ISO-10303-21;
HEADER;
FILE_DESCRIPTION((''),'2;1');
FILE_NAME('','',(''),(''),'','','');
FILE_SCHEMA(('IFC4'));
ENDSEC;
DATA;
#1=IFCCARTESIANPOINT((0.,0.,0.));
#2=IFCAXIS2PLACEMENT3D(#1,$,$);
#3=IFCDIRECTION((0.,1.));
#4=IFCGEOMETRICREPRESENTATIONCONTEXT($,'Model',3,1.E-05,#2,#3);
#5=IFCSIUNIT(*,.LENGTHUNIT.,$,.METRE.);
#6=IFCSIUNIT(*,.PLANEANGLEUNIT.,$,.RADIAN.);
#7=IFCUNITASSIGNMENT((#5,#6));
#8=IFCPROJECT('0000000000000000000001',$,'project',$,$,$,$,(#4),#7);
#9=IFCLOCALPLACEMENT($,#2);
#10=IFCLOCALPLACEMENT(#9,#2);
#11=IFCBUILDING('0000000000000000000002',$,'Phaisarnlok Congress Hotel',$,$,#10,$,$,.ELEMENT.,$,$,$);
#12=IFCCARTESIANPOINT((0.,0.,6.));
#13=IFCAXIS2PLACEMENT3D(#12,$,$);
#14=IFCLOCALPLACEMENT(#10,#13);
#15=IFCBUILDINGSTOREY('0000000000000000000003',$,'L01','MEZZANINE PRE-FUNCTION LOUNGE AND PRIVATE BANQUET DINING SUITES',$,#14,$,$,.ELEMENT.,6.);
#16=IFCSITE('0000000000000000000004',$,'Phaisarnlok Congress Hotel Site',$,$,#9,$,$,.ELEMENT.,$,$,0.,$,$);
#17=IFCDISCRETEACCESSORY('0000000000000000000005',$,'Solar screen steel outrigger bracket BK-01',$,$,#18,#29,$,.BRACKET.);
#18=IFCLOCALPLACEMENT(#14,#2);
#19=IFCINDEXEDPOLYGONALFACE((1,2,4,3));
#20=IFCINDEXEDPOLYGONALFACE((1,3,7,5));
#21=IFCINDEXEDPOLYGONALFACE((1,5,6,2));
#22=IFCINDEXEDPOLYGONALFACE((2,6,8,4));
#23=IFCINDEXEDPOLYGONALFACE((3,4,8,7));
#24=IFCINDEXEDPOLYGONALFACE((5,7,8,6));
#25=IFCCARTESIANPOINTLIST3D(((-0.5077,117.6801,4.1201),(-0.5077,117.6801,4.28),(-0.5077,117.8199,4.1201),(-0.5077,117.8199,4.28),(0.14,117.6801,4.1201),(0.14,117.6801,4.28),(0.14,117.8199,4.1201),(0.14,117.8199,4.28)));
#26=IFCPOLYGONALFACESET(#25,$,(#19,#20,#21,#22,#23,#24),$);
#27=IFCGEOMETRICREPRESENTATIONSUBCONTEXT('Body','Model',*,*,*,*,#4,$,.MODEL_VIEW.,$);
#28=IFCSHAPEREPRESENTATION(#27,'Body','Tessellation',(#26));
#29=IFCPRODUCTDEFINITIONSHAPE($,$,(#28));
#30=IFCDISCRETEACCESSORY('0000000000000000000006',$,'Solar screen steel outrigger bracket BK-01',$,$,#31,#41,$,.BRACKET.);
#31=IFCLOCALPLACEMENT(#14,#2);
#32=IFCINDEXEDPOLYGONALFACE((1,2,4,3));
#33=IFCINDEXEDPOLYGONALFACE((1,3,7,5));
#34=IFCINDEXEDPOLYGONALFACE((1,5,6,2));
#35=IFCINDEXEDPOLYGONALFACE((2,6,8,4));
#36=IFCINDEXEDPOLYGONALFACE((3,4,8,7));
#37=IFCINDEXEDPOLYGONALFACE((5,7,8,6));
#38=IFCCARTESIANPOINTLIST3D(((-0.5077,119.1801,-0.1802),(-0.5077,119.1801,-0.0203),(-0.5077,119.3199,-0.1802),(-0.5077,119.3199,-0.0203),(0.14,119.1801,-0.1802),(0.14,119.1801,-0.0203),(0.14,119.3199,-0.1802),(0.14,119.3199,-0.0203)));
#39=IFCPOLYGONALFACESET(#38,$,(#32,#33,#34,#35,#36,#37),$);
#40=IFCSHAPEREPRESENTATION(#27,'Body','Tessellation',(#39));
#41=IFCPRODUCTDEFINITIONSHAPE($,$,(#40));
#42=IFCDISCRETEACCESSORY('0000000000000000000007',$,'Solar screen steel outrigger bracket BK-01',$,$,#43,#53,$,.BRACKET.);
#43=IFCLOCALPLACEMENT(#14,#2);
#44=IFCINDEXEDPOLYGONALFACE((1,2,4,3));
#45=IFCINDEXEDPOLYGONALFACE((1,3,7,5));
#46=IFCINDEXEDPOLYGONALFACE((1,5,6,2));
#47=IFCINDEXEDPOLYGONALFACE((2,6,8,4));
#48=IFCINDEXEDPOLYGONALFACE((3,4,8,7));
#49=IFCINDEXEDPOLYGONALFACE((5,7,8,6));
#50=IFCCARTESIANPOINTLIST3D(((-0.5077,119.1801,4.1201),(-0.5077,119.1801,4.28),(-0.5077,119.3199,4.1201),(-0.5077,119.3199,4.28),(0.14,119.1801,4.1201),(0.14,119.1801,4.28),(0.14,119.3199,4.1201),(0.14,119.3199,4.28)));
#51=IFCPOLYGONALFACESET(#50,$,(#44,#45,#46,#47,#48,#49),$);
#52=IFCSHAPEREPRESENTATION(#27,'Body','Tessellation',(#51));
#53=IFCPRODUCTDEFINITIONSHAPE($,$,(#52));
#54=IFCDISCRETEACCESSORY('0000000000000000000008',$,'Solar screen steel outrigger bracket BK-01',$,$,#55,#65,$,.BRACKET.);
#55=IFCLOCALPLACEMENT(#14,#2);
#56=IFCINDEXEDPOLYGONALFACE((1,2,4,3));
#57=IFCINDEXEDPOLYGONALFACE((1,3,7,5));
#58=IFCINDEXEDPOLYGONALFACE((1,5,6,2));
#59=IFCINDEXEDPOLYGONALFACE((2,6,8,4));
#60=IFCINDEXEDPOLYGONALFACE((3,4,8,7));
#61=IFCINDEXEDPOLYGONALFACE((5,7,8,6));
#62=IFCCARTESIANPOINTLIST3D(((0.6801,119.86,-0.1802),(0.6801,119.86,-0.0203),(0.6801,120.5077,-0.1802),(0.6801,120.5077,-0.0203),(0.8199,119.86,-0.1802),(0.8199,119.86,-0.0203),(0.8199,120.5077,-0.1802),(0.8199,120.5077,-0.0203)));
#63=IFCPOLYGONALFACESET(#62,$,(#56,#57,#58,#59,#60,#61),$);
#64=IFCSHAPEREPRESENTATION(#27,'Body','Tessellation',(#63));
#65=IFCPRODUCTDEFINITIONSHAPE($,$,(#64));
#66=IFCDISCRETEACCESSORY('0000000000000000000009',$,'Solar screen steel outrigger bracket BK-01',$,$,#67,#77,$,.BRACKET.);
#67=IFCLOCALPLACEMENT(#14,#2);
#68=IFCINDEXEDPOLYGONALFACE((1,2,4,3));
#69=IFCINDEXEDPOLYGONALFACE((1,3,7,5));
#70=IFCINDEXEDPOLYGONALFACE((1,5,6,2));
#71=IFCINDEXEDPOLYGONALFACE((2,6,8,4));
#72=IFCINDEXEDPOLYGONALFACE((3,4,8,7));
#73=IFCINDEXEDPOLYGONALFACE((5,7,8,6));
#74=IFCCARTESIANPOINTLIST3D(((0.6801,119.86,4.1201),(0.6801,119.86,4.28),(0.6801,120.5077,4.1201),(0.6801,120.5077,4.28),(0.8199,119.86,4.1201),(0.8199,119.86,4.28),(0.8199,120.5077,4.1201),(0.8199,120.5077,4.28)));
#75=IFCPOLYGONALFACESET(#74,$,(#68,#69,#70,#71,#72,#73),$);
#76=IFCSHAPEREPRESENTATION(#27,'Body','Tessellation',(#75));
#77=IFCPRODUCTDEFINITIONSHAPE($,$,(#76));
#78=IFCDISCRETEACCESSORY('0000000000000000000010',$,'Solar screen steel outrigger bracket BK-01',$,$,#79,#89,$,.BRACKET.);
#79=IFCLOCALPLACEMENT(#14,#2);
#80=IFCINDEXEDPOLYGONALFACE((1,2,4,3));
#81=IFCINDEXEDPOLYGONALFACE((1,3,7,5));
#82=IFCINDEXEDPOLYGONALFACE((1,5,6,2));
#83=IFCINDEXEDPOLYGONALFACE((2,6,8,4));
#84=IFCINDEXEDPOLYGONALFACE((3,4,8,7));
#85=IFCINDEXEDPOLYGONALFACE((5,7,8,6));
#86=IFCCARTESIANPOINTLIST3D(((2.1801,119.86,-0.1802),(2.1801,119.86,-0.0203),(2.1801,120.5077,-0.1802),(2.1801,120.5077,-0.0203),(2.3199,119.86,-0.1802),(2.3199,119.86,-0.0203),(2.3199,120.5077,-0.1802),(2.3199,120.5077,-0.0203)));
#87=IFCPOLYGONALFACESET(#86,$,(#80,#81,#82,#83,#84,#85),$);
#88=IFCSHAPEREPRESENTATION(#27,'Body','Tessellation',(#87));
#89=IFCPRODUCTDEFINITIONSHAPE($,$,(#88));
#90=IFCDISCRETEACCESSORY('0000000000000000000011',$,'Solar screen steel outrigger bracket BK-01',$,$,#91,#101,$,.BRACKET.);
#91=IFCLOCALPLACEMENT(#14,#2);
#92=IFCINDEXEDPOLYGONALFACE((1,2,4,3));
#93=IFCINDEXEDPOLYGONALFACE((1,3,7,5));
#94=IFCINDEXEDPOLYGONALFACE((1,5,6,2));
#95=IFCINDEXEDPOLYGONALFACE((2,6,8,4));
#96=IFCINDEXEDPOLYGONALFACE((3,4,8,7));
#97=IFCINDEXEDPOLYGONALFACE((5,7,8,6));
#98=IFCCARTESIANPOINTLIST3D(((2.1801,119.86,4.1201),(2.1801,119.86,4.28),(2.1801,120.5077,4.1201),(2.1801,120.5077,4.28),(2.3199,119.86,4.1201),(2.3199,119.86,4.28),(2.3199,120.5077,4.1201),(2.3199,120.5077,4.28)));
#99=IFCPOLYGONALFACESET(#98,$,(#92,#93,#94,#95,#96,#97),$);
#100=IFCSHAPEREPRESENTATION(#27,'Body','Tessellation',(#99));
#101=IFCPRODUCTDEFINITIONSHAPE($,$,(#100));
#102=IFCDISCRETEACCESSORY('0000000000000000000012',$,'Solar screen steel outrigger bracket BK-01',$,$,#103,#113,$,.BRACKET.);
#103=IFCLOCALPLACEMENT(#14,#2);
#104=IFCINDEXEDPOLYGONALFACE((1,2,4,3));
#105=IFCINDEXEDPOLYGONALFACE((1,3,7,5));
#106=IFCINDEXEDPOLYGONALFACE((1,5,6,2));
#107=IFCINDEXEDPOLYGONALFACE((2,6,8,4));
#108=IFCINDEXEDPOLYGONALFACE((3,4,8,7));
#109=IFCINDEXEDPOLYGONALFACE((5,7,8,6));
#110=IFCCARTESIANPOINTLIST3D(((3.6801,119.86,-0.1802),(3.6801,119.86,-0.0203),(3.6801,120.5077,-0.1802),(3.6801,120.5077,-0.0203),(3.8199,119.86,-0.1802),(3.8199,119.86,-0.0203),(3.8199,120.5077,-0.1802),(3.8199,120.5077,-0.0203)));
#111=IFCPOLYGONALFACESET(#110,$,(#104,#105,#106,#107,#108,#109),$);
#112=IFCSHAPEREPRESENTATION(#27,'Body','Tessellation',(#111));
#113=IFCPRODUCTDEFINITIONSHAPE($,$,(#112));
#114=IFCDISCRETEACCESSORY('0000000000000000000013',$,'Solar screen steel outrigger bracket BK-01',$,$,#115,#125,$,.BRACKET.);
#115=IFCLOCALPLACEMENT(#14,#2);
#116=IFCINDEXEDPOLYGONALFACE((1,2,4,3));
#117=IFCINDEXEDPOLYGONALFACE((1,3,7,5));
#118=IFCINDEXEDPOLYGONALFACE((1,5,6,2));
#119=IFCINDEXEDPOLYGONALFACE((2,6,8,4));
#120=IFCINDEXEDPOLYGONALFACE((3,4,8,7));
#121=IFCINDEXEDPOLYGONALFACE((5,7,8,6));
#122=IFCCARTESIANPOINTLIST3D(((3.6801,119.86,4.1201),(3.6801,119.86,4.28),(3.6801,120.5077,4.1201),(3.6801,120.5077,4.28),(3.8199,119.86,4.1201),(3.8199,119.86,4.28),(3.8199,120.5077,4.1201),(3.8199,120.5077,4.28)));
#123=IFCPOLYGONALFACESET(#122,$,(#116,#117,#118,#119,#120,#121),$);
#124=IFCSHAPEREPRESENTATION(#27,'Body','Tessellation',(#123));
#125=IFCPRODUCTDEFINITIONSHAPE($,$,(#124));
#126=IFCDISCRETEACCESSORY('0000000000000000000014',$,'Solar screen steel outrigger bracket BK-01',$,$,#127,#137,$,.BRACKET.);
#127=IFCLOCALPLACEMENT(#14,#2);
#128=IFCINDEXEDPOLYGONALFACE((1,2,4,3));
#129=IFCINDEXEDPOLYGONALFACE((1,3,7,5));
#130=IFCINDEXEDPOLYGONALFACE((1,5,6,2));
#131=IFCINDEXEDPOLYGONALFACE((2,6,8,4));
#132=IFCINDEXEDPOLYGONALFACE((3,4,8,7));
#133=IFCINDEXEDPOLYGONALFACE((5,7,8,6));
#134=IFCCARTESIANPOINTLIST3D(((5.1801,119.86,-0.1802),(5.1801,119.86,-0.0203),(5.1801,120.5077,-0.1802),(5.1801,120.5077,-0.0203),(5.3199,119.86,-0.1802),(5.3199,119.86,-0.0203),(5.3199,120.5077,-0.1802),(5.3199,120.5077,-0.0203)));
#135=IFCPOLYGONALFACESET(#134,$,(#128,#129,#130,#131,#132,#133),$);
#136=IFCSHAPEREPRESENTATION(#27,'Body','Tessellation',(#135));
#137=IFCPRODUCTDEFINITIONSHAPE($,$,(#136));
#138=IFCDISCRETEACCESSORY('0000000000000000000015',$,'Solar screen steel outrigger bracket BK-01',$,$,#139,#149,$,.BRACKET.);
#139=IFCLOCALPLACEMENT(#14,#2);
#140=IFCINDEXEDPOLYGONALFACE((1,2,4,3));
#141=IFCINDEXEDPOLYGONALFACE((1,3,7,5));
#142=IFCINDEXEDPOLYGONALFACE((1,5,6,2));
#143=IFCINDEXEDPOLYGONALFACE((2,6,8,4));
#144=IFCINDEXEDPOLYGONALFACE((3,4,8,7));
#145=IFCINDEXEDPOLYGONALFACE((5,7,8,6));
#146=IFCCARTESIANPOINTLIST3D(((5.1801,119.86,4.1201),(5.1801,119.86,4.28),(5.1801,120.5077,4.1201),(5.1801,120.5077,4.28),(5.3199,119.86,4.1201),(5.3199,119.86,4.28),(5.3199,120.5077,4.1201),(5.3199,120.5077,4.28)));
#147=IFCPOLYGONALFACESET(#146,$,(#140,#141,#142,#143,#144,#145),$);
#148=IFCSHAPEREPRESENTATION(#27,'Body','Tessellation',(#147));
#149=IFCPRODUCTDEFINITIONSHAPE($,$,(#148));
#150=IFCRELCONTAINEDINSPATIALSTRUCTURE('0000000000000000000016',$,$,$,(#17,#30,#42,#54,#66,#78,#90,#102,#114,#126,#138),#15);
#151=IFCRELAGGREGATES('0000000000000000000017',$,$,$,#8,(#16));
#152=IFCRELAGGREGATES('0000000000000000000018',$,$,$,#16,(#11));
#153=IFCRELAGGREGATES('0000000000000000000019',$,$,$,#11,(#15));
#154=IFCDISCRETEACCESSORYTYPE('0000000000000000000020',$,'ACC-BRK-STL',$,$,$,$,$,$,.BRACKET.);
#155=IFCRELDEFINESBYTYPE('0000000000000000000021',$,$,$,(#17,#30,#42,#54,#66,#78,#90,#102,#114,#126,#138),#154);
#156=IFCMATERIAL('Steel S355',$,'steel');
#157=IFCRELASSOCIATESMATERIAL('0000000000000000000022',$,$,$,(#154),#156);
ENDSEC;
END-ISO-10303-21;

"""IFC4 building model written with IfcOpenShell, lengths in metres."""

from ifc_helpers import new_model, si_unit, direction, frame, origin, origin_2d, place, context, subcontext, project, spatial, rectangle, extrude, material, type_object, element, save


model = new_model("IFC4")

# Units and contexts
model_context = context("Model", 3, precision=1e-05, world=origin(), true_north=direction((0.0, 1.0)))
body_context = subcontext(model_context, "Body", "Model", "MODEL_VIEW")
ifc_project = project(units=[si_unit("LENGTHUNIT", "METRE"), si_unit("PLANEANGLEUNIT", "RADIAN")], contexts=[model_context])

# Site, building, storey
site_placement = place(None, origin())
site = spatial("IfcSite", under=ifc_project, at=site_placement, Name="Phaisarnlok Congress Hotel Site", CompositionType="ELEMENT", RefElevation=0.0)
building_placement = place(site_placement, origin())
building = spatial("IfcBuilding", under=site, at=building_placement, Name="Phaisarnlok Congress Hotel", CompositionType="ELEMENT")
storey_placement = place(building_placement, frame((0.0, 0.0, 6.0)))
storey = spatial("IfcBuildingStorey", under=building, at=storey_placement, Name="L01", Description="MEZZANINE PRE-FUNCTION LOUNGE AND PRIVATE BANQUET DINING SUITES", CompositionType="ELEMENT", Elevation=6.0)

# Discrete accessories
ifc_material_1 = material(Name="Steel S355", Category="steel")
discrete_accessory_type = type_object("IfcDiscreteAccessoryType", Name="ACC-BRK-STL", PredefinedType="BRACKET", material=ifc_material_1)
for number, where, z_axis, x_axis, name in (
    (1, (-0.1838, 117.75, 4.1201), (0.0, 0.0, 1.0), (1.0, 0.0, 0.0), "Solar screen steel outrigger bracket BK-01"),
    (2, (-0.1838, 119.25, -0.1802), (0.0, 0.0, 1.0), (1.0, 0.0, 0.0), "Solar screen steel outrigger bracket BK-01"),
    (3, (-0.1838, 119.25, 4.1201), (0.0, 0.0, 1.0), (1.0, 0.0, 0.0), "Solar screen steel outrigger bracket BK-01"),
):
    element("IfcDiscreteAccessory", number, at=place(storey_placement, frame(where, z_axis=z_axis, x_axis=x_axis)), inside=storey, type_object=discrete_accessory_type, Name=name, PredefinedType="BRACKET", context=body_context, shape_type="SweptSolid", body=[
        extrude(rectangle(XDim=0.6477, YDim=0.1399, at=origin_2d()), origin(), (0.0, 0.0, 1.0), 0.1599),
    ])
for number, where, z_axis, x_axis, name in (
    (4, (0.75, 120.1838, -0.1802), (0.0, 0.0, 1.0), (1.0, 0.0, 0.0), "Solar screen steel outrigger bracket BK-01"),
    (5, (0.75, 120.1838, 4.1201), (0.0, 0.0, 1.0), (1.0, 0.0, 0.0), "Solar screen steel outrigger bracket BK-01"),
    (6, (2.25, 120.1838, -0.1802), (0.0, 0.0, 1.0), (1.0, 0.0, 0.0), "Solar screen steel outrigger bracket BK-01"),
    (7, (2.25, 120.1838, 4.1201), (0.0, 0.0, 1.0), (1.0, 0.0, 0.0), "Solar screen steel outrigger bracket BK-01"),
    (8, (3.75, 120.1838, -0.1802), (0.0, 0.0, 1.0), (1.0, 0.0, 0.0), "Solar screen steel outrigger bracket BK-01"),
    (9, (3.75, 120.1838, 4.1201), (0.0, 0.0, 1.0), (1.0, 0.0, 0.0), "Solar screen steel outrigger bracket BK-01"),
    (10, (5.25, 120.1838, -0.1802), (0.0, 0.0, 1.0), (1.0, 0.0, 0.0), "Solar screen steel outrigger bracket BK-01"),
    (11, (5.25, 120.1838, 4.1201), (0.0, 0.0, 1.0), (1.0, 0.0, 0.0), "Solar screen steel outrigger bracket BK-01"),
):
    element("IfcDiscreteAccessory", number, at=place(storey_placement, frame(where, z_axis=z_axis, x_axis=x_axis)), inside=storey, type_object=discrete_accessory_type, Name=name, PredefinedType="BRACKET", context=body_context, shape_type="SweptSolid", body=[
        extrude(rectangle(XDim=0.1399, YDim=0.6477, at=origin_2d()), origin(), (0.0, 0.0, 1.0), 0.1599),
    ])

save(model, "model.ifc")
